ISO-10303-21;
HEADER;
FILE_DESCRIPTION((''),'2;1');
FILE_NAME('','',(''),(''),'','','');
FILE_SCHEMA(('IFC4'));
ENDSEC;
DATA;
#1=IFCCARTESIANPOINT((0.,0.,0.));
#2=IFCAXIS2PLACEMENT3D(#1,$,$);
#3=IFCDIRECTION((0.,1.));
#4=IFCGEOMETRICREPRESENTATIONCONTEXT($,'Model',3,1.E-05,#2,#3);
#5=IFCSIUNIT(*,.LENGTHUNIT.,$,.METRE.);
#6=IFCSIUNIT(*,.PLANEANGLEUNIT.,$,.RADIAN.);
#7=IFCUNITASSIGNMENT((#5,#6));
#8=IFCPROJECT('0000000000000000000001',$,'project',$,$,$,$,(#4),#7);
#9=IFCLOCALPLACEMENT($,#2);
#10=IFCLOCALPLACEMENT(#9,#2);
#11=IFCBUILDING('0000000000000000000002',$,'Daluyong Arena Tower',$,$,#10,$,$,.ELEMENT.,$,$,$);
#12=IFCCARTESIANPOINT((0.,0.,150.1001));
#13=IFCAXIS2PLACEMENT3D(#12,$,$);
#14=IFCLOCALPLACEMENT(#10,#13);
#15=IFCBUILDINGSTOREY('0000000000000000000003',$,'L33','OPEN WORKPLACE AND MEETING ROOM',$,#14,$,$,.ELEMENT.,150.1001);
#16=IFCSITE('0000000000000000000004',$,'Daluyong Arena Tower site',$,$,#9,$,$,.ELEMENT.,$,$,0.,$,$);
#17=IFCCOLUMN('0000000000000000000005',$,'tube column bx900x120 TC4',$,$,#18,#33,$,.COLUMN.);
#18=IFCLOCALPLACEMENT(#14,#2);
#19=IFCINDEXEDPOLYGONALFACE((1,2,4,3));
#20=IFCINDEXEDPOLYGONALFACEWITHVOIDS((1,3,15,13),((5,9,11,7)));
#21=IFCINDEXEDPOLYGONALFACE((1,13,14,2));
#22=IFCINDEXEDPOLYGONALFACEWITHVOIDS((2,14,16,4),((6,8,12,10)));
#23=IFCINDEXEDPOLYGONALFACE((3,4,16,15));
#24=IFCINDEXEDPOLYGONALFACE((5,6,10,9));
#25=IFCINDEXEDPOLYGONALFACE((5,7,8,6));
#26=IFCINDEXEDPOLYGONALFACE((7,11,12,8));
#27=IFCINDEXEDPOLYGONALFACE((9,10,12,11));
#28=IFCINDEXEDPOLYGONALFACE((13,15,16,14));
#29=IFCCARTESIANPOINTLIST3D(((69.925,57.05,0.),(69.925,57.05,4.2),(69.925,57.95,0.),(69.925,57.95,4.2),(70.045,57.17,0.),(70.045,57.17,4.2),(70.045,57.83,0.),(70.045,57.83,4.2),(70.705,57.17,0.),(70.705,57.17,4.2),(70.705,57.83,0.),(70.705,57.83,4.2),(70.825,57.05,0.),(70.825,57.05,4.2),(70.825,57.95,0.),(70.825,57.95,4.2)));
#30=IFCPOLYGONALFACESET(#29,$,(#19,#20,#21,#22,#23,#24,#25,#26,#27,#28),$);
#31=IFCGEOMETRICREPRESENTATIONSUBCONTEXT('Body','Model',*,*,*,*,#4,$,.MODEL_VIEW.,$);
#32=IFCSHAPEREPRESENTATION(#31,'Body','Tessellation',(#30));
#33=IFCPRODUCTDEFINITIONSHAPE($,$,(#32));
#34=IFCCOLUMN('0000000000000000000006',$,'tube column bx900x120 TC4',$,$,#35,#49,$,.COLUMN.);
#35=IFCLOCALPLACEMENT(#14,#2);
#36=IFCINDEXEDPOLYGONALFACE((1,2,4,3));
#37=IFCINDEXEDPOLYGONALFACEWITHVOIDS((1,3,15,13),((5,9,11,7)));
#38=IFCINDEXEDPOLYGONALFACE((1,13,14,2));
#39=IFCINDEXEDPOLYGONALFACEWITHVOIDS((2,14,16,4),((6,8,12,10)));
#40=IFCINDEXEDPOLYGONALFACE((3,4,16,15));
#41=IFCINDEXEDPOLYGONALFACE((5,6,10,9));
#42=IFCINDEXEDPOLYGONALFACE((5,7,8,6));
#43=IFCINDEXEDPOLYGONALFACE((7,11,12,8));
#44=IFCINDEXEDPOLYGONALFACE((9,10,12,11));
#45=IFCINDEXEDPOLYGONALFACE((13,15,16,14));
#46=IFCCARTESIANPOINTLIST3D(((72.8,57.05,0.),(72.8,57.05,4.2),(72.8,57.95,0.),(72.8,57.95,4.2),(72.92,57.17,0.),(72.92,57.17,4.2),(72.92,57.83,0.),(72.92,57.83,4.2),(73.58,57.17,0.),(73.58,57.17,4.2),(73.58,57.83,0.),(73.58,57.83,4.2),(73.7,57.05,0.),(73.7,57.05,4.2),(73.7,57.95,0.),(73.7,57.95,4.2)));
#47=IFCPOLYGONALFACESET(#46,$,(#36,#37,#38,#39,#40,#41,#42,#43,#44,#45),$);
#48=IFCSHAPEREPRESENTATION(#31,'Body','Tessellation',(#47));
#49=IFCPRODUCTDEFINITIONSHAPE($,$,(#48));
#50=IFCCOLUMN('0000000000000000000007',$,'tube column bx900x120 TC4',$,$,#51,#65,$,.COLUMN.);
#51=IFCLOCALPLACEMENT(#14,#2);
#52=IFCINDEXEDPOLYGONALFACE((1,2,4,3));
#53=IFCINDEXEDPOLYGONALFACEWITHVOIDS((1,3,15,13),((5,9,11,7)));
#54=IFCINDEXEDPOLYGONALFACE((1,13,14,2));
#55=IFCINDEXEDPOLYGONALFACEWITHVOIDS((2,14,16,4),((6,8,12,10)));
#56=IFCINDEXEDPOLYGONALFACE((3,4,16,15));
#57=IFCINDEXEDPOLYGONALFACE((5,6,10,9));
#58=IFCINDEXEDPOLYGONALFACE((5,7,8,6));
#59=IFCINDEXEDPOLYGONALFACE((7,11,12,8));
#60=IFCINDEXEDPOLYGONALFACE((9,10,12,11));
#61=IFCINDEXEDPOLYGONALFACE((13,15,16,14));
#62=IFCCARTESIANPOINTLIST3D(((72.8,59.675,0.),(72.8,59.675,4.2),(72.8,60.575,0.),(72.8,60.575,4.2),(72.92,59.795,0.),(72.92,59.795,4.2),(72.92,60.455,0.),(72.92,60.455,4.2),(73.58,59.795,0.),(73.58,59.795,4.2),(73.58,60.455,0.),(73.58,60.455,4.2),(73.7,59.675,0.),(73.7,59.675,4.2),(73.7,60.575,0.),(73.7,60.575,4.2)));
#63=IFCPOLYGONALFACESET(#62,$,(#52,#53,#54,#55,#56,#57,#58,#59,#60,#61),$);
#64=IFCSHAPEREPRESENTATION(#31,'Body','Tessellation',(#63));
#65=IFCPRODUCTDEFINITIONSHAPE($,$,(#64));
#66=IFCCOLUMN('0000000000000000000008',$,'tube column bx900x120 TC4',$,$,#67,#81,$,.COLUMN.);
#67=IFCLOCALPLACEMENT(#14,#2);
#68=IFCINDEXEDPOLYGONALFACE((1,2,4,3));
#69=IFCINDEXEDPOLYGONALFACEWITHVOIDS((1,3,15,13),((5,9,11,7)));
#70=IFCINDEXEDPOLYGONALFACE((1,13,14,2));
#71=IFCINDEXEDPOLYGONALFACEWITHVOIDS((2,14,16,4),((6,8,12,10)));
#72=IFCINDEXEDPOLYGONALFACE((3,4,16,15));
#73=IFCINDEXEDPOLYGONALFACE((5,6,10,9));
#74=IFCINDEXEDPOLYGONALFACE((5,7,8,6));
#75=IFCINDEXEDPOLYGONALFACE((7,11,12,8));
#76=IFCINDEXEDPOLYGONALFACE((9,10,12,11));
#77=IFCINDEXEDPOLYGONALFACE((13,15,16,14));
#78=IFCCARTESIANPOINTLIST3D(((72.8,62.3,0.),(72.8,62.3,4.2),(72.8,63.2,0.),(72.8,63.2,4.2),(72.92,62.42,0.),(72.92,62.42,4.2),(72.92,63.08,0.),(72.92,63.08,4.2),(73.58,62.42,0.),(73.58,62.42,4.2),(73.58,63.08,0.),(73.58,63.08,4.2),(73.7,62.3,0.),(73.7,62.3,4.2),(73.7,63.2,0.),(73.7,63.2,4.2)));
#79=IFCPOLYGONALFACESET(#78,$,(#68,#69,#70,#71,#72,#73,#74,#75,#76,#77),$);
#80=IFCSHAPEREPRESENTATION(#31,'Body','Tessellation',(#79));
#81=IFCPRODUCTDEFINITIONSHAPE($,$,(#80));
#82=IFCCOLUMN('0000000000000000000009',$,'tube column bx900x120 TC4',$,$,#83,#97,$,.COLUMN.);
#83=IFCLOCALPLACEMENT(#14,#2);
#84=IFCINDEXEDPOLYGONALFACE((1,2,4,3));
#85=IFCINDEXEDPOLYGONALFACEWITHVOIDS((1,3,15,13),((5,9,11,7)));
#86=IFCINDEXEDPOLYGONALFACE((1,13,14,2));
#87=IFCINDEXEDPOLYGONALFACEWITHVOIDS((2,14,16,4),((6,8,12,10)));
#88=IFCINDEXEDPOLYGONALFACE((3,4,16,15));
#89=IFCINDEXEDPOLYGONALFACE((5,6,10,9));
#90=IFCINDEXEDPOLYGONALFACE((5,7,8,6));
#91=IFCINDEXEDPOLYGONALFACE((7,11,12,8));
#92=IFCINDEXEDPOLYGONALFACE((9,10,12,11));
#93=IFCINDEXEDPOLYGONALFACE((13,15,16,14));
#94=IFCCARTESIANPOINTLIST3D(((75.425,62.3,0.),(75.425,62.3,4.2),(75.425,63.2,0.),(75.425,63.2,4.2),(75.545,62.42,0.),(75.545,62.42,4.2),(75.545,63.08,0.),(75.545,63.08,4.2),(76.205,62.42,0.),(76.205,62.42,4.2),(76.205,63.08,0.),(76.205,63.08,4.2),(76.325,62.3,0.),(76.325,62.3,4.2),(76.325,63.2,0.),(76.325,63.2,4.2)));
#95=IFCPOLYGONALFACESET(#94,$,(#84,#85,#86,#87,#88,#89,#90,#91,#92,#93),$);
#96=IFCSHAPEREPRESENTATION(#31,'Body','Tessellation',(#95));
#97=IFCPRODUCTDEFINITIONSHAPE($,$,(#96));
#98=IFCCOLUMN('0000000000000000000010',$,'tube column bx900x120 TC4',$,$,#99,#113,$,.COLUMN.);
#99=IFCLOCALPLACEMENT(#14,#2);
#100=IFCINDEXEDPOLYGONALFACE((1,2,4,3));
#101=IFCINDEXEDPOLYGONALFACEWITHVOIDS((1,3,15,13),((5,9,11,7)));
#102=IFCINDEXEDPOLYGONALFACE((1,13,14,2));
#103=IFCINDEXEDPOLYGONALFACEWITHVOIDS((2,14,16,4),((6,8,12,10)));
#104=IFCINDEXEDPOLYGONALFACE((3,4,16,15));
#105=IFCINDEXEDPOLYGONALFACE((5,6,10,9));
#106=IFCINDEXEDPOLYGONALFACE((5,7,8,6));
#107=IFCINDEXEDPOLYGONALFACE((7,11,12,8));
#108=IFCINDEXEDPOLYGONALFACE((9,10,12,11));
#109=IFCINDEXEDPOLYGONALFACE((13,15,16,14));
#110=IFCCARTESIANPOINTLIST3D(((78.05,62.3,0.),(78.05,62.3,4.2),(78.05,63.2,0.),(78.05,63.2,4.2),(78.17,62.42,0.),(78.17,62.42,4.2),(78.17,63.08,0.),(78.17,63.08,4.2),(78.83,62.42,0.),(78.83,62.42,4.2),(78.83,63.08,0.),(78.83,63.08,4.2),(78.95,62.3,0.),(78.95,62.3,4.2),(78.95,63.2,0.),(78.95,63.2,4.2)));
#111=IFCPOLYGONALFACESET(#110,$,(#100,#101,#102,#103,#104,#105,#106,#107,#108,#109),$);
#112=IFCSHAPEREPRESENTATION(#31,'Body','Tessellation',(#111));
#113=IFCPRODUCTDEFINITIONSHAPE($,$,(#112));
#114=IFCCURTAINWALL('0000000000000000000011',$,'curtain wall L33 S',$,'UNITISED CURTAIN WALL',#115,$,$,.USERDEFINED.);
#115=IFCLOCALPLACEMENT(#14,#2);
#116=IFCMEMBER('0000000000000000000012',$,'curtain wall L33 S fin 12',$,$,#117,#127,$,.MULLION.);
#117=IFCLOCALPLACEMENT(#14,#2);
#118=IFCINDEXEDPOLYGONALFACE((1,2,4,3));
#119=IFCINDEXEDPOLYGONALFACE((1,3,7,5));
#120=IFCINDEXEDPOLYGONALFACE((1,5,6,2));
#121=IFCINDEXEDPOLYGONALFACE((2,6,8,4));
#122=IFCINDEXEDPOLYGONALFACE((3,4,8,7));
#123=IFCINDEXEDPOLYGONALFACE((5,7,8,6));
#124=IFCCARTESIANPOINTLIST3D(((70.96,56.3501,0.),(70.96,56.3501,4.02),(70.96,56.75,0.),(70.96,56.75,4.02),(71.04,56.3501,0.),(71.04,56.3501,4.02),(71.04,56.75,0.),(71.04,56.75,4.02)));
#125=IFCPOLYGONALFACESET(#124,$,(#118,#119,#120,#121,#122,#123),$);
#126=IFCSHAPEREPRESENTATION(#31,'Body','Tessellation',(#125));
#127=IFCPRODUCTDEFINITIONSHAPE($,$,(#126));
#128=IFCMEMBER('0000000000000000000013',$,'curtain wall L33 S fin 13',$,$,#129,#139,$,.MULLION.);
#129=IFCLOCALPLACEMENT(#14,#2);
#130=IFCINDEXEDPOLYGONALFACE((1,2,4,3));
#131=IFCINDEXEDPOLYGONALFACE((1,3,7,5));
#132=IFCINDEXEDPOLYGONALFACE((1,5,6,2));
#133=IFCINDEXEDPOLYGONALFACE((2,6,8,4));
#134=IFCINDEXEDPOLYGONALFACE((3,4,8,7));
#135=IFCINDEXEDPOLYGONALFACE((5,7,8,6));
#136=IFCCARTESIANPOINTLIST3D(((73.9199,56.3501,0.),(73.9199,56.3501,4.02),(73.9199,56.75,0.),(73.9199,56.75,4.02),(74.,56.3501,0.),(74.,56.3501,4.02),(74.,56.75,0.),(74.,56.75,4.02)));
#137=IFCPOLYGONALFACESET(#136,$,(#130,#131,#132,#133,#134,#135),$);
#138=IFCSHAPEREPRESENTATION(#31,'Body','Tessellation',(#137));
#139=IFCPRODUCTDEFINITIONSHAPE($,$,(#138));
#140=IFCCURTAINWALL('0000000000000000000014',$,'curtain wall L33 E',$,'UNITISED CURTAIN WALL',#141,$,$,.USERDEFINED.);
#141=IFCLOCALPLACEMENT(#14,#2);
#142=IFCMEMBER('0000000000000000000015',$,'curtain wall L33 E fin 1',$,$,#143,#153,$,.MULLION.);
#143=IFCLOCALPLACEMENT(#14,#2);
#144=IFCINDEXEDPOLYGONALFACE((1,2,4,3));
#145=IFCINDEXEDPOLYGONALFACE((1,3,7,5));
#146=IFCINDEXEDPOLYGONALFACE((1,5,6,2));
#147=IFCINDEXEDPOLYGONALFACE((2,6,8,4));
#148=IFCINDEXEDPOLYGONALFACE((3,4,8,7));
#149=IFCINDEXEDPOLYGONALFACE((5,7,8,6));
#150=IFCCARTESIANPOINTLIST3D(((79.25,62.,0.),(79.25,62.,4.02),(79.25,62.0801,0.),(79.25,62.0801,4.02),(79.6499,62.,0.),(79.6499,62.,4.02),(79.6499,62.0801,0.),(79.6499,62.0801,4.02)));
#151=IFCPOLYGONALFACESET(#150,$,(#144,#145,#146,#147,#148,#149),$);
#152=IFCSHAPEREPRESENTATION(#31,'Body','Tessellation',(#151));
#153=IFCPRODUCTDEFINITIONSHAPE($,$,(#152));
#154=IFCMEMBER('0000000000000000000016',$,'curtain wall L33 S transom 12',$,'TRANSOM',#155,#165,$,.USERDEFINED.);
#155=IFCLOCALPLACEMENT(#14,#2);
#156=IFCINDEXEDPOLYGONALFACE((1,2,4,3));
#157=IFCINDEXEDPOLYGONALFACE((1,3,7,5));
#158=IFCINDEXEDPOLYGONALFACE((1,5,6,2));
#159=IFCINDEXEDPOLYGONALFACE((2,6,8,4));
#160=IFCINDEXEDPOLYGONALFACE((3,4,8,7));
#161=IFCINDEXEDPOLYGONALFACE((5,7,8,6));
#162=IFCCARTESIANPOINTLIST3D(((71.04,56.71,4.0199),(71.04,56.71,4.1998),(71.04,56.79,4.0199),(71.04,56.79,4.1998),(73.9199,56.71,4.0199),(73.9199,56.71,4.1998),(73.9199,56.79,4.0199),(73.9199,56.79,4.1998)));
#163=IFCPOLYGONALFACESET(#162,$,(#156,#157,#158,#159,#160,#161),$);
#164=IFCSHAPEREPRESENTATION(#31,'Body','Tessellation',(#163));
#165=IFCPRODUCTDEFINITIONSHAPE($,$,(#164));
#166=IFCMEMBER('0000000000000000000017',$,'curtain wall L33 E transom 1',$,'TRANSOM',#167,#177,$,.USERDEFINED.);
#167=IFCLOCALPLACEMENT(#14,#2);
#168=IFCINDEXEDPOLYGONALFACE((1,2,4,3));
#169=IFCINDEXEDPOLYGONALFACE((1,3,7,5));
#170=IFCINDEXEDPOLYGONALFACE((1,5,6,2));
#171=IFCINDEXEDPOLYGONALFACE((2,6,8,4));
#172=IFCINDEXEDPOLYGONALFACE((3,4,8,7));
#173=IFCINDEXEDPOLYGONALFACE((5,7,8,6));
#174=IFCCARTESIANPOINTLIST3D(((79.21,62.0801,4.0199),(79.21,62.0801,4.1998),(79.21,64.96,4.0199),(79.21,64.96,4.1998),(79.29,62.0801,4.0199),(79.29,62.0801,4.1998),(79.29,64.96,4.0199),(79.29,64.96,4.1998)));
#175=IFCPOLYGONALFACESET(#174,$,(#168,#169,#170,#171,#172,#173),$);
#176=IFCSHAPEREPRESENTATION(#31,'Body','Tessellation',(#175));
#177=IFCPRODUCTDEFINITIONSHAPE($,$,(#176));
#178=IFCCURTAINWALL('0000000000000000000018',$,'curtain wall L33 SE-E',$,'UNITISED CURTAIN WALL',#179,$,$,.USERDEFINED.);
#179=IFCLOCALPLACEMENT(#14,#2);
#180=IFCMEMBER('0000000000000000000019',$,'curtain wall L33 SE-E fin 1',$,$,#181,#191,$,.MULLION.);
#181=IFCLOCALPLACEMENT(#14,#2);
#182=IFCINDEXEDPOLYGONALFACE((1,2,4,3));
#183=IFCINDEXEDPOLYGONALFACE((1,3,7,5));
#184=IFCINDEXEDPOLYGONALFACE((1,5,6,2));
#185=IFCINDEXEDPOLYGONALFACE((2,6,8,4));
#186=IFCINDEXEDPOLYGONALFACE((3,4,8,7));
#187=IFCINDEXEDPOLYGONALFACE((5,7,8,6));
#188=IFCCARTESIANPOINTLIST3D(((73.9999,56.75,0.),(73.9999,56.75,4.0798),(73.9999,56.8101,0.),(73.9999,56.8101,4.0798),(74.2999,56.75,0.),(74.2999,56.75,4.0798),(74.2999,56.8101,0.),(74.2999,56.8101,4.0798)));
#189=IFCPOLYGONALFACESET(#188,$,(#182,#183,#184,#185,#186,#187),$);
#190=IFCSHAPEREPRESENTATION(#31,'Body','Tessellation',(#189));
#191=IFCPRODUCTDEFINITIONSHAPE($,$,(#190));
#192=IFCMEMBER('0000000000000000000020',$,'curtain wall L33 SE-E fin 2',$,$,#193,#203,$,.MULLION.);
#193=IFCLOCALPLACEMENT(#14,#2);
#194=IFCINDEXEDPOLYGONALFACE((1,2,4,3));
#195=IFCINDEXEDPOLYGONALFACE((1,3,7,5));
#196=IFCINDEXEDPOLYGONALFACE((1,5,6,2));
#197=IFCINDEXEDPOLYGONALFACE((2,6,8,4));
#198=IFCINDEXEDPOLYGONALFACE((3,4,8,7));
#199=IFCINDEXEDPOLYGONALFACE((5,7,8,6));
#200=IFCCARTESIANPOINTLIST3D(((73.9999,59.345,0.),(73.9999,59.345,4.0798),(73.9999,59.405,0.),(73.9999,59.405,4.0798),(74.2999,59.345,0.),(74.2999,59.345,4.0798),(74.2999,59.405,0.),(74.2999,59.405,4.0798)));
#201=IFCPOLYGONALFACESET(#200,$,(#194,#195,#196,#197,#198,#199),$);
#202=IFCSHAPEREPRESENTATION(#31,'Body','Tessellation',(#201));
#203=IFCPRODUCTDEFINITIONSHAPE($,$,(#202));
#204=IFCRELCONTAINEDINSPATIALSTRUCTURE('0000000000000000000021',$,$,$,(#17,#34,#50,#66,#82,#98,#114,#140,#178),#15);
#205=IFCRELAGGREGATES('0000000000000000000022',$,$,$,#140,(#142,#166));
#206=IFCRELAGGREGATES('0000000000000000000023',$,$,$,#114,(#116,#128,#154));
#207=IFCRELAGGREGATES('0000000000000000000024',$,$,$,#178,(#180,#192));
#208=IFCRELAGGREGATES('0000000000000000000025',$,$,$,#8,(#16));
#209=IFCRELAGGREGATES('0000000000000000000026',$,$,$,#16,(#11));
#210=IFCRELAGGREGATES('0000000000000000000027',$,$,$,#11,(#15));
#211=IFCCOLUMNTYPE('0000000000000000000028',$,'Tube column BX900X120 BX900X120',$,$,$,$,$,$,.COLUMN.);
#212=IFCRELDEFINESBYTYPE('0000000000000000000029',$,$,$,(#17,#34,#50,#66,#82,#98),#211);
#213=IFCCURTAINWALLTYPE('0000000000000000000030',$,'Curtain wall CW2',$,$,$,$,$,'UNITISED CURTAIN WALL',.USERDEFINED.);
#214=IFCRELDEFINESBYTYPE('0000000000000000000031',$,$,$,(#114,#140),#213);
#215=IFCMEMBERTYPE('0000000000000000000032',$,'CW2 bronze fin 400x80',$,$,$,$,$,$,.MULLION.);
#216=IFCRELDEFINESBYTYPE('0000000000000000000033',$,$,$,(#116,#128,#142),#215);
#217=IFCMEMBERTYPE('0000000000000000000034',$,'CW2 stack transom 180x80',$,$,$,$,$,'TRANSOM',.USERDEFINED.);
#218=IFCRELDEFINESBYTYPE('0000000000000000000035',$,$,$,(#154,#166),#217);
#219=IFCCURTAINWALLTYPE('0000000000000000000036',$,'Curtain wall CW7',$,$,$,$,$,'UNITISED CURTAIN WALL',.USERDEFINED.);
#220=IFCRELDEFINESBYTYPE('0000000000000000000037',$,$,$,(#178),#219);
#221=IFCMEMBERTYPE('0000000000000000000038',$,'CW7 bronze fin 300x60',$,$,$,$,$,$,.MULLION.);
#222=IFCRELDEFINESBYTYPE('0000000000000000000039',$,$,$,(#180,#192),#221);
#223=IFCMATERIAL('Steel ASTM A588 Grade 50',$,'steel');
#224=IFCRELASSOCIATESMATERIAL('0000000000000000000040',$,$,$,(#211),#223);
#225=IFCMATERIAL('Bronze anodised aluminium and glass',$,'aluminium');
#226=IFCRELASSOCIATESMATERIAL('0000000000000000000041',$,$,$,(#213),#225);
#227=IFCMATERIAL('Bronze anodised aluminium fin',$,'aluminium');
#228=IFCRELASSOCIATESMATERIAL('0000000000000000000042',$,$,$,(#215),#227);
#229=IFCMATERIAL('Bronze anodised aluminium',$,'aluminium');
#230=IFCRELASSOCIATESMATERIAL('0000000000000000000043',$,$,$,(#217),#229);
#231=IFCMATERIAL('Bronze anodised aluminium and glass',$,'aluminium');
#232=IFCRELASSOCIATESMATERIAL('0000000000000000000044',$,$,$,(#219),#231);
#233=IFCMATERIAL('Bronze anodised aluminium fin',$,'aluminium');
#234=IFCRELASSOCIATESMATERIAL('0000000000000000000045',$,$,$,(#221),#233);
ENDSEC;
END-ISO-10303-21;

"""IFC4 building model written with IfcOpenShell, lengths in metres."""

from ifc_helpers import new_model, si_unit, direction, frame, origin, origin_2d, place, context, subcontext, project, spatial, rectangle, hollow_rectangle, extrude, material, material_profile, profile_set, type_object, element, aggregate, save


model = new_model("IFC4")

# Units and contexts
model_context = context("Model", 3, precision=1e-05, world=origin(), true_north=direction((0.0, 1.0)))
body_context = subcontext(model_context, "Body", "Model", "MODEL_VIEW")
ifc_project = project(units=[si_unit("LENGTHUNIT", "METRE"), si_unit("PLANEANGLEUNIT", "RADIAN")], contexts=[model_context])

# Site, building, storey
site_placement = place(None, origin())
site = spatial("IfcSite", under=ifc_project, at=site_placement, Name="Daluyong Arena Tower site", CompositionType="ELEMENT", RefElevation=0.0)
building_placement = place(site_placement, origin())
building = spatial("IfcBuilding", under=site, at=building_placement, Name="Daluyong Arena Tower", CompositionType="ELEMENT")
storey_placement = place(building_placement, frame((0.0, 0.0, 150.1001)))
storey = spatial("IfcBuildingStorey", under=building, at=storey_placement, Name="L33", Description="OPEN WORKPLACE AND MEETING ROOM", CompositionType="ELEMENT", Elevation=150.1001)

# Columns
ifc_material_1 = material(Name="Steel ASTM A588 Grade 50", Category="steel")
ifc_material_profile_1 = material_profile(ifc_material_1, hollow_rectangle(XDim=0.8999, YDim=0.8999, WallThickness=0.12, at=origin_2d()))
ifc_profile_set_1 = profile_set([ifc_material_profile_1], Name="Steel ASTM A588 Grade 50")
column_type = type_object("IfcColumnType", Name="Tube column BX900X120 BX900X120", PredefinedType="COLUMN", material=ifc_profile_set_1)
for number, where, z_axis, x_axis, name in (
    (1, (70.375, 57.5, 0.0), (0.0, 0.0, 1.0), (1.0, 0.0, 0.0), "tube column bx900x120 TC4"),
    (2, (73.25, 57.5, 0.0), (0.0, 0.0, 1.0), (0.0, 1.0, 0.0), "tube column bx900x120 TC4"),
    (3, (73.25, 60.125, 0.0), (0.0, 0.0, 1.0), (0.0, 1.0, 0.0), "tube column bx900x120 TC4"),
    (4, (73.25, 62.75, 0.0), (0.0, 0.0, 1.0), (1.0, 0.0, 0.0), "tube column bx900x120 TC4"),
    (5, (75.875, 62.75, 0.0), (0.0, 0.0, 1.0), (1.0, 0.0, 0.0), "tube column bx900x120 TC4"),
    (6, (78.5, 62.75, 0.0), (0.0, 0.0, 1.0), (0.0, 1.0, 0.0), "tube column bx900x120 TC4"),
):
    element("IfcColumn", number, at=place(storey_placement, frame(where, z_axis=z_axis, x_axis=x_axis)), inside=storey, type_object=column_type, Name=name, PredefinedType="COLUMN", context=body_context, shape_type="SweptSolid", body=[
        extrude(hollow_rectangle(XDim=0.8999, YDim=0.8999, WallThickness=0.12, at=origin_2d()), origin(), (0.0, 0.0, 1.0), 4.2),
    ])

# Curtain wall, members
ifc_material_2 = material(Name="Bronze anodised aluminium and glass", Category="aluminium")
curtain_wall_type_1 = type_object("IfcCurtainWallType", Name="Curtain wall CW2", ElementType="UNITISED CURTAIN WALL", PredefinedType="USERDEFINED", material=ifc_material_2)
curtain_wall_1_placement = place(storey_placement, origin())
curtain_wall_1 = element("IfcCurtainWall", 7, at=curtain_wall_1_placement, inside=storey, type_object=curtain_wall_type_1, Name="curtain wall L33 S", ObjectType="UNITISED CURTAIN WALL", PredefinedType="USERDEFINED")
ifc_material_3 = material(Name="Bronze anodised aluminium fin", Category="aluminium")
ifc_material_profile_2 = material_profile(ifc_material_3, rectangle(XDim=0.3999, YDim=0.0801, at=origin_2d()))
ifc_profile_set_2 = profile_set([ifc_material_profile_2], Name="Bronze anodised aluminium fin")
member_type_1 = type_object("IfcMemberType", Name="CW2 bronze fin 400x80", PredefinedType="MULLION", material=ifc_profile_set_2)
member_1_placement = place(storey_placement, frame((71.0, 56.55, 0.0), z_axis=(0.0, 0.0, 1.0), x_axis=(0.0, 1.0, 0.0)))
member_1 = element("IfcMember", 8, at=member_1_placement, type_object=member_type_1, Name="curtain wall L33 S fin 12", PredefinedType="MULLION", context=body_context, shape_type="SweptSolid", body=[
    extrude(rectangle(XDim=0.3999, YDim=0.0801, at=origin_2d()), origin(), (0.0, 0.0, 1.0), 4.02),
])
member_2_placement = place(storey_placement, frame((73.96, 56.55, 0.0), z_axis=(0.0, 0.0, 1.0), x_axis=(0.0, 1.0, 0.0)))
member_2 = element("IfcMember", 9, at=member_2_placement, type_object=member_type_1, Name="curtain wall L33 S fin 13", PredefinedType="MULLION", context=body_context, shape_type="SweptSolid", body=[
    extrude(rectangle(XDim=0.3999, YDim=0.0801, at=origin_2d()), origin(), (0.0, 0.0, 1.0), 4.02),
])

# Curtain wall, member
curtain_wall_2_placement = place(storey_placement, origin())
curtain_wall_2 = element("IfcCurtainWall", 10, at=curtain_wall_2_placement, inside=storey, type_object=curtain_wall_type_1, Name="curtain wall L33 E", ObjectType="UNITISED CURTAIN WALL", PredefinedType="USERDEFINED")
member_3_placement = place(storey_placement, frame((79.45, 62.04, 0.0), z_axis=(0.0, 0.0, 1.0), x_axis=(-1.0, 0.0, 0.0)))
member_3 = element("IfcMember", 11, at=member_3_placement, type_object=member_type_1, Name="curtain wall L33 E fin 1", PredefinedType="MULLION", context=body_context, shape_type="SweptSolid", body=[
    extrude(rectangle(XDim=0.3999, YDim=0.0801, at=origin_2d()), origin(), (0.0, 0.0, 1.0), 4.02),
])

# Members
ifc_material_4 = material(Name="Bronze anodised aluminium", Category="aluminium")
ifc_material_profile_3 = material_profile(ifc_material_4, rectangle(XDim=0.0801, YDim=0.1799, at=origin_2d()))
ifc_profile_set_3 = profile_set([ifc_material_profile_3], Name="Bronze anodised aluminium")
member_type_2 = type_object("IfcMemberType", Name="CW2 stack transom 180x80", ElementType="TRANSOM", PredefinedType="USERDEFINED", material=ifc_profile_set_3)
member_4_placement = place(storey_placement, frame((71.04, 56.75, 4.1099), z_axis=(1.0, 0.0, 0.0), x_axis=(0.0, 1.0, 0.0)))
member_4 = element("IfcMember", 12, at=member_4_placement, type_object=member_type_2, Name="curtain wall L33 S transom 12", ObjectType="TRANSOM", PredefinedType="USERDEFINED", context=body_context, shape_type="SweptSolid", body=[
    extrude(rectangle(XDim=0.0801, YDim=0.1799, at=origin_2d()), origin(), (0.0, 0.0, 1.0), 2.8799),
])
member_5_placement = place(storey_placement, frame((79.25, 62.0801, 4.1099), z_axis=(0.0, 1.0, 0.0), x_axis=(-1.0, 0.0, 0.0)))
member_5 = element("IfcMember", 13, at=member_5_placement, type_object=member_type_2, Name="curtain wall L33 E transom 1", ObjectType="TRANSOM", PredefinedType="USERDEFINED", context=body_context, shape_type="SweptSolid", body=[
    extrude(rectangle(XDim=0.0801, YDim=0.1799, at=origin_2d()), origin(), (0.0, 0.0, 1.0), 2.8799),
])
aggregate(curtain_wall_2, [member_3, member_5])

# Curtain wall, members
ifc_material_5 = material(Name="Bronze anodised aluminium and glass", Category="aluminium")
curtain_wall_type_2 = type_object("IfcCurtainWallType", Name="Curtain wall CW7", ElementType="UNITISED CURTAIN WALL", PredefinedType="USERDEFINED", material=ifc_material_5)
curtain_wall_3_placement = place(storey_placement, origin())
curtain_wall_3 = element("IfcCurtainWall", 14, at=curtain_wall_3_placement, inside=storey, type_object=curtain_wall_type_2, Name="curtain wall L33 SE-E", ObjectType="UNITISED CURTAIN WALL", PredefinedType="USERDEFINED")
ifc_material_6 = material(Name="Bronze anodised aluminium fin", Category="aluminium")
ifc_material_profile_4 = material_profile(ifc_material_6, rectangle(XDim=0.3, YDim=0.0601, at=origin_2d()))
ifc_profile_set_4 = profile_set([ifc_material_profile_4], Name="Bronze anodised aluminium fin")
member_type_3 = type_object("IfcMemberType", Name="CW7 bronze fin 300x60", PredefinedType="MULLION", material=ifc_profile_set_4)
member_6_placement = place(storey_placement, frame((74.1499, 56.78, 0.0), z_axis=(0.0, 0.0, 1.0), x_axis=(-1.0, 0.0, 0.0)))
member_6 = element("IfcMember", 15, at=member_6_placement, type_object=member_type_3, Name="curtain wall L33 SE-E fin 1", PredefinedType="MULLION", context=body_context, shape_type="SweptSolid", body=[
    extrude(rectangle(XDim=0.3, YDim=0.0601, at=origin_2d()), origin(), (0.0, 0.0, 1.0), 4.0798),
])
member_7_placement = place(storey_placement, frame((74.1499, 59.375, 0.0), z_axis=(0.0, 0.0, 1.0), x_axis=(-1.0, 0.0, 0.0)))
member_7 = element("IfcMember", 16, at=member_7_placement, type_object=member_type_3, Name="curtain wall L33 SE-E fin 2", PredefinedType="MULLION", context=body_context, shape_type="SweptSolid", body=[
    extrude(rectangle(XDim=0.3, YDim=0.0601, at=origin_2d()), origin(), (0.0, 0.0, 1.0), 4.0798),
])

aggregate(curtain_wall_1, [member_1, member_2, member_4])
aggregate(curtain_wall_3, [member_6, member_7])

save(model, "model.ifc")
